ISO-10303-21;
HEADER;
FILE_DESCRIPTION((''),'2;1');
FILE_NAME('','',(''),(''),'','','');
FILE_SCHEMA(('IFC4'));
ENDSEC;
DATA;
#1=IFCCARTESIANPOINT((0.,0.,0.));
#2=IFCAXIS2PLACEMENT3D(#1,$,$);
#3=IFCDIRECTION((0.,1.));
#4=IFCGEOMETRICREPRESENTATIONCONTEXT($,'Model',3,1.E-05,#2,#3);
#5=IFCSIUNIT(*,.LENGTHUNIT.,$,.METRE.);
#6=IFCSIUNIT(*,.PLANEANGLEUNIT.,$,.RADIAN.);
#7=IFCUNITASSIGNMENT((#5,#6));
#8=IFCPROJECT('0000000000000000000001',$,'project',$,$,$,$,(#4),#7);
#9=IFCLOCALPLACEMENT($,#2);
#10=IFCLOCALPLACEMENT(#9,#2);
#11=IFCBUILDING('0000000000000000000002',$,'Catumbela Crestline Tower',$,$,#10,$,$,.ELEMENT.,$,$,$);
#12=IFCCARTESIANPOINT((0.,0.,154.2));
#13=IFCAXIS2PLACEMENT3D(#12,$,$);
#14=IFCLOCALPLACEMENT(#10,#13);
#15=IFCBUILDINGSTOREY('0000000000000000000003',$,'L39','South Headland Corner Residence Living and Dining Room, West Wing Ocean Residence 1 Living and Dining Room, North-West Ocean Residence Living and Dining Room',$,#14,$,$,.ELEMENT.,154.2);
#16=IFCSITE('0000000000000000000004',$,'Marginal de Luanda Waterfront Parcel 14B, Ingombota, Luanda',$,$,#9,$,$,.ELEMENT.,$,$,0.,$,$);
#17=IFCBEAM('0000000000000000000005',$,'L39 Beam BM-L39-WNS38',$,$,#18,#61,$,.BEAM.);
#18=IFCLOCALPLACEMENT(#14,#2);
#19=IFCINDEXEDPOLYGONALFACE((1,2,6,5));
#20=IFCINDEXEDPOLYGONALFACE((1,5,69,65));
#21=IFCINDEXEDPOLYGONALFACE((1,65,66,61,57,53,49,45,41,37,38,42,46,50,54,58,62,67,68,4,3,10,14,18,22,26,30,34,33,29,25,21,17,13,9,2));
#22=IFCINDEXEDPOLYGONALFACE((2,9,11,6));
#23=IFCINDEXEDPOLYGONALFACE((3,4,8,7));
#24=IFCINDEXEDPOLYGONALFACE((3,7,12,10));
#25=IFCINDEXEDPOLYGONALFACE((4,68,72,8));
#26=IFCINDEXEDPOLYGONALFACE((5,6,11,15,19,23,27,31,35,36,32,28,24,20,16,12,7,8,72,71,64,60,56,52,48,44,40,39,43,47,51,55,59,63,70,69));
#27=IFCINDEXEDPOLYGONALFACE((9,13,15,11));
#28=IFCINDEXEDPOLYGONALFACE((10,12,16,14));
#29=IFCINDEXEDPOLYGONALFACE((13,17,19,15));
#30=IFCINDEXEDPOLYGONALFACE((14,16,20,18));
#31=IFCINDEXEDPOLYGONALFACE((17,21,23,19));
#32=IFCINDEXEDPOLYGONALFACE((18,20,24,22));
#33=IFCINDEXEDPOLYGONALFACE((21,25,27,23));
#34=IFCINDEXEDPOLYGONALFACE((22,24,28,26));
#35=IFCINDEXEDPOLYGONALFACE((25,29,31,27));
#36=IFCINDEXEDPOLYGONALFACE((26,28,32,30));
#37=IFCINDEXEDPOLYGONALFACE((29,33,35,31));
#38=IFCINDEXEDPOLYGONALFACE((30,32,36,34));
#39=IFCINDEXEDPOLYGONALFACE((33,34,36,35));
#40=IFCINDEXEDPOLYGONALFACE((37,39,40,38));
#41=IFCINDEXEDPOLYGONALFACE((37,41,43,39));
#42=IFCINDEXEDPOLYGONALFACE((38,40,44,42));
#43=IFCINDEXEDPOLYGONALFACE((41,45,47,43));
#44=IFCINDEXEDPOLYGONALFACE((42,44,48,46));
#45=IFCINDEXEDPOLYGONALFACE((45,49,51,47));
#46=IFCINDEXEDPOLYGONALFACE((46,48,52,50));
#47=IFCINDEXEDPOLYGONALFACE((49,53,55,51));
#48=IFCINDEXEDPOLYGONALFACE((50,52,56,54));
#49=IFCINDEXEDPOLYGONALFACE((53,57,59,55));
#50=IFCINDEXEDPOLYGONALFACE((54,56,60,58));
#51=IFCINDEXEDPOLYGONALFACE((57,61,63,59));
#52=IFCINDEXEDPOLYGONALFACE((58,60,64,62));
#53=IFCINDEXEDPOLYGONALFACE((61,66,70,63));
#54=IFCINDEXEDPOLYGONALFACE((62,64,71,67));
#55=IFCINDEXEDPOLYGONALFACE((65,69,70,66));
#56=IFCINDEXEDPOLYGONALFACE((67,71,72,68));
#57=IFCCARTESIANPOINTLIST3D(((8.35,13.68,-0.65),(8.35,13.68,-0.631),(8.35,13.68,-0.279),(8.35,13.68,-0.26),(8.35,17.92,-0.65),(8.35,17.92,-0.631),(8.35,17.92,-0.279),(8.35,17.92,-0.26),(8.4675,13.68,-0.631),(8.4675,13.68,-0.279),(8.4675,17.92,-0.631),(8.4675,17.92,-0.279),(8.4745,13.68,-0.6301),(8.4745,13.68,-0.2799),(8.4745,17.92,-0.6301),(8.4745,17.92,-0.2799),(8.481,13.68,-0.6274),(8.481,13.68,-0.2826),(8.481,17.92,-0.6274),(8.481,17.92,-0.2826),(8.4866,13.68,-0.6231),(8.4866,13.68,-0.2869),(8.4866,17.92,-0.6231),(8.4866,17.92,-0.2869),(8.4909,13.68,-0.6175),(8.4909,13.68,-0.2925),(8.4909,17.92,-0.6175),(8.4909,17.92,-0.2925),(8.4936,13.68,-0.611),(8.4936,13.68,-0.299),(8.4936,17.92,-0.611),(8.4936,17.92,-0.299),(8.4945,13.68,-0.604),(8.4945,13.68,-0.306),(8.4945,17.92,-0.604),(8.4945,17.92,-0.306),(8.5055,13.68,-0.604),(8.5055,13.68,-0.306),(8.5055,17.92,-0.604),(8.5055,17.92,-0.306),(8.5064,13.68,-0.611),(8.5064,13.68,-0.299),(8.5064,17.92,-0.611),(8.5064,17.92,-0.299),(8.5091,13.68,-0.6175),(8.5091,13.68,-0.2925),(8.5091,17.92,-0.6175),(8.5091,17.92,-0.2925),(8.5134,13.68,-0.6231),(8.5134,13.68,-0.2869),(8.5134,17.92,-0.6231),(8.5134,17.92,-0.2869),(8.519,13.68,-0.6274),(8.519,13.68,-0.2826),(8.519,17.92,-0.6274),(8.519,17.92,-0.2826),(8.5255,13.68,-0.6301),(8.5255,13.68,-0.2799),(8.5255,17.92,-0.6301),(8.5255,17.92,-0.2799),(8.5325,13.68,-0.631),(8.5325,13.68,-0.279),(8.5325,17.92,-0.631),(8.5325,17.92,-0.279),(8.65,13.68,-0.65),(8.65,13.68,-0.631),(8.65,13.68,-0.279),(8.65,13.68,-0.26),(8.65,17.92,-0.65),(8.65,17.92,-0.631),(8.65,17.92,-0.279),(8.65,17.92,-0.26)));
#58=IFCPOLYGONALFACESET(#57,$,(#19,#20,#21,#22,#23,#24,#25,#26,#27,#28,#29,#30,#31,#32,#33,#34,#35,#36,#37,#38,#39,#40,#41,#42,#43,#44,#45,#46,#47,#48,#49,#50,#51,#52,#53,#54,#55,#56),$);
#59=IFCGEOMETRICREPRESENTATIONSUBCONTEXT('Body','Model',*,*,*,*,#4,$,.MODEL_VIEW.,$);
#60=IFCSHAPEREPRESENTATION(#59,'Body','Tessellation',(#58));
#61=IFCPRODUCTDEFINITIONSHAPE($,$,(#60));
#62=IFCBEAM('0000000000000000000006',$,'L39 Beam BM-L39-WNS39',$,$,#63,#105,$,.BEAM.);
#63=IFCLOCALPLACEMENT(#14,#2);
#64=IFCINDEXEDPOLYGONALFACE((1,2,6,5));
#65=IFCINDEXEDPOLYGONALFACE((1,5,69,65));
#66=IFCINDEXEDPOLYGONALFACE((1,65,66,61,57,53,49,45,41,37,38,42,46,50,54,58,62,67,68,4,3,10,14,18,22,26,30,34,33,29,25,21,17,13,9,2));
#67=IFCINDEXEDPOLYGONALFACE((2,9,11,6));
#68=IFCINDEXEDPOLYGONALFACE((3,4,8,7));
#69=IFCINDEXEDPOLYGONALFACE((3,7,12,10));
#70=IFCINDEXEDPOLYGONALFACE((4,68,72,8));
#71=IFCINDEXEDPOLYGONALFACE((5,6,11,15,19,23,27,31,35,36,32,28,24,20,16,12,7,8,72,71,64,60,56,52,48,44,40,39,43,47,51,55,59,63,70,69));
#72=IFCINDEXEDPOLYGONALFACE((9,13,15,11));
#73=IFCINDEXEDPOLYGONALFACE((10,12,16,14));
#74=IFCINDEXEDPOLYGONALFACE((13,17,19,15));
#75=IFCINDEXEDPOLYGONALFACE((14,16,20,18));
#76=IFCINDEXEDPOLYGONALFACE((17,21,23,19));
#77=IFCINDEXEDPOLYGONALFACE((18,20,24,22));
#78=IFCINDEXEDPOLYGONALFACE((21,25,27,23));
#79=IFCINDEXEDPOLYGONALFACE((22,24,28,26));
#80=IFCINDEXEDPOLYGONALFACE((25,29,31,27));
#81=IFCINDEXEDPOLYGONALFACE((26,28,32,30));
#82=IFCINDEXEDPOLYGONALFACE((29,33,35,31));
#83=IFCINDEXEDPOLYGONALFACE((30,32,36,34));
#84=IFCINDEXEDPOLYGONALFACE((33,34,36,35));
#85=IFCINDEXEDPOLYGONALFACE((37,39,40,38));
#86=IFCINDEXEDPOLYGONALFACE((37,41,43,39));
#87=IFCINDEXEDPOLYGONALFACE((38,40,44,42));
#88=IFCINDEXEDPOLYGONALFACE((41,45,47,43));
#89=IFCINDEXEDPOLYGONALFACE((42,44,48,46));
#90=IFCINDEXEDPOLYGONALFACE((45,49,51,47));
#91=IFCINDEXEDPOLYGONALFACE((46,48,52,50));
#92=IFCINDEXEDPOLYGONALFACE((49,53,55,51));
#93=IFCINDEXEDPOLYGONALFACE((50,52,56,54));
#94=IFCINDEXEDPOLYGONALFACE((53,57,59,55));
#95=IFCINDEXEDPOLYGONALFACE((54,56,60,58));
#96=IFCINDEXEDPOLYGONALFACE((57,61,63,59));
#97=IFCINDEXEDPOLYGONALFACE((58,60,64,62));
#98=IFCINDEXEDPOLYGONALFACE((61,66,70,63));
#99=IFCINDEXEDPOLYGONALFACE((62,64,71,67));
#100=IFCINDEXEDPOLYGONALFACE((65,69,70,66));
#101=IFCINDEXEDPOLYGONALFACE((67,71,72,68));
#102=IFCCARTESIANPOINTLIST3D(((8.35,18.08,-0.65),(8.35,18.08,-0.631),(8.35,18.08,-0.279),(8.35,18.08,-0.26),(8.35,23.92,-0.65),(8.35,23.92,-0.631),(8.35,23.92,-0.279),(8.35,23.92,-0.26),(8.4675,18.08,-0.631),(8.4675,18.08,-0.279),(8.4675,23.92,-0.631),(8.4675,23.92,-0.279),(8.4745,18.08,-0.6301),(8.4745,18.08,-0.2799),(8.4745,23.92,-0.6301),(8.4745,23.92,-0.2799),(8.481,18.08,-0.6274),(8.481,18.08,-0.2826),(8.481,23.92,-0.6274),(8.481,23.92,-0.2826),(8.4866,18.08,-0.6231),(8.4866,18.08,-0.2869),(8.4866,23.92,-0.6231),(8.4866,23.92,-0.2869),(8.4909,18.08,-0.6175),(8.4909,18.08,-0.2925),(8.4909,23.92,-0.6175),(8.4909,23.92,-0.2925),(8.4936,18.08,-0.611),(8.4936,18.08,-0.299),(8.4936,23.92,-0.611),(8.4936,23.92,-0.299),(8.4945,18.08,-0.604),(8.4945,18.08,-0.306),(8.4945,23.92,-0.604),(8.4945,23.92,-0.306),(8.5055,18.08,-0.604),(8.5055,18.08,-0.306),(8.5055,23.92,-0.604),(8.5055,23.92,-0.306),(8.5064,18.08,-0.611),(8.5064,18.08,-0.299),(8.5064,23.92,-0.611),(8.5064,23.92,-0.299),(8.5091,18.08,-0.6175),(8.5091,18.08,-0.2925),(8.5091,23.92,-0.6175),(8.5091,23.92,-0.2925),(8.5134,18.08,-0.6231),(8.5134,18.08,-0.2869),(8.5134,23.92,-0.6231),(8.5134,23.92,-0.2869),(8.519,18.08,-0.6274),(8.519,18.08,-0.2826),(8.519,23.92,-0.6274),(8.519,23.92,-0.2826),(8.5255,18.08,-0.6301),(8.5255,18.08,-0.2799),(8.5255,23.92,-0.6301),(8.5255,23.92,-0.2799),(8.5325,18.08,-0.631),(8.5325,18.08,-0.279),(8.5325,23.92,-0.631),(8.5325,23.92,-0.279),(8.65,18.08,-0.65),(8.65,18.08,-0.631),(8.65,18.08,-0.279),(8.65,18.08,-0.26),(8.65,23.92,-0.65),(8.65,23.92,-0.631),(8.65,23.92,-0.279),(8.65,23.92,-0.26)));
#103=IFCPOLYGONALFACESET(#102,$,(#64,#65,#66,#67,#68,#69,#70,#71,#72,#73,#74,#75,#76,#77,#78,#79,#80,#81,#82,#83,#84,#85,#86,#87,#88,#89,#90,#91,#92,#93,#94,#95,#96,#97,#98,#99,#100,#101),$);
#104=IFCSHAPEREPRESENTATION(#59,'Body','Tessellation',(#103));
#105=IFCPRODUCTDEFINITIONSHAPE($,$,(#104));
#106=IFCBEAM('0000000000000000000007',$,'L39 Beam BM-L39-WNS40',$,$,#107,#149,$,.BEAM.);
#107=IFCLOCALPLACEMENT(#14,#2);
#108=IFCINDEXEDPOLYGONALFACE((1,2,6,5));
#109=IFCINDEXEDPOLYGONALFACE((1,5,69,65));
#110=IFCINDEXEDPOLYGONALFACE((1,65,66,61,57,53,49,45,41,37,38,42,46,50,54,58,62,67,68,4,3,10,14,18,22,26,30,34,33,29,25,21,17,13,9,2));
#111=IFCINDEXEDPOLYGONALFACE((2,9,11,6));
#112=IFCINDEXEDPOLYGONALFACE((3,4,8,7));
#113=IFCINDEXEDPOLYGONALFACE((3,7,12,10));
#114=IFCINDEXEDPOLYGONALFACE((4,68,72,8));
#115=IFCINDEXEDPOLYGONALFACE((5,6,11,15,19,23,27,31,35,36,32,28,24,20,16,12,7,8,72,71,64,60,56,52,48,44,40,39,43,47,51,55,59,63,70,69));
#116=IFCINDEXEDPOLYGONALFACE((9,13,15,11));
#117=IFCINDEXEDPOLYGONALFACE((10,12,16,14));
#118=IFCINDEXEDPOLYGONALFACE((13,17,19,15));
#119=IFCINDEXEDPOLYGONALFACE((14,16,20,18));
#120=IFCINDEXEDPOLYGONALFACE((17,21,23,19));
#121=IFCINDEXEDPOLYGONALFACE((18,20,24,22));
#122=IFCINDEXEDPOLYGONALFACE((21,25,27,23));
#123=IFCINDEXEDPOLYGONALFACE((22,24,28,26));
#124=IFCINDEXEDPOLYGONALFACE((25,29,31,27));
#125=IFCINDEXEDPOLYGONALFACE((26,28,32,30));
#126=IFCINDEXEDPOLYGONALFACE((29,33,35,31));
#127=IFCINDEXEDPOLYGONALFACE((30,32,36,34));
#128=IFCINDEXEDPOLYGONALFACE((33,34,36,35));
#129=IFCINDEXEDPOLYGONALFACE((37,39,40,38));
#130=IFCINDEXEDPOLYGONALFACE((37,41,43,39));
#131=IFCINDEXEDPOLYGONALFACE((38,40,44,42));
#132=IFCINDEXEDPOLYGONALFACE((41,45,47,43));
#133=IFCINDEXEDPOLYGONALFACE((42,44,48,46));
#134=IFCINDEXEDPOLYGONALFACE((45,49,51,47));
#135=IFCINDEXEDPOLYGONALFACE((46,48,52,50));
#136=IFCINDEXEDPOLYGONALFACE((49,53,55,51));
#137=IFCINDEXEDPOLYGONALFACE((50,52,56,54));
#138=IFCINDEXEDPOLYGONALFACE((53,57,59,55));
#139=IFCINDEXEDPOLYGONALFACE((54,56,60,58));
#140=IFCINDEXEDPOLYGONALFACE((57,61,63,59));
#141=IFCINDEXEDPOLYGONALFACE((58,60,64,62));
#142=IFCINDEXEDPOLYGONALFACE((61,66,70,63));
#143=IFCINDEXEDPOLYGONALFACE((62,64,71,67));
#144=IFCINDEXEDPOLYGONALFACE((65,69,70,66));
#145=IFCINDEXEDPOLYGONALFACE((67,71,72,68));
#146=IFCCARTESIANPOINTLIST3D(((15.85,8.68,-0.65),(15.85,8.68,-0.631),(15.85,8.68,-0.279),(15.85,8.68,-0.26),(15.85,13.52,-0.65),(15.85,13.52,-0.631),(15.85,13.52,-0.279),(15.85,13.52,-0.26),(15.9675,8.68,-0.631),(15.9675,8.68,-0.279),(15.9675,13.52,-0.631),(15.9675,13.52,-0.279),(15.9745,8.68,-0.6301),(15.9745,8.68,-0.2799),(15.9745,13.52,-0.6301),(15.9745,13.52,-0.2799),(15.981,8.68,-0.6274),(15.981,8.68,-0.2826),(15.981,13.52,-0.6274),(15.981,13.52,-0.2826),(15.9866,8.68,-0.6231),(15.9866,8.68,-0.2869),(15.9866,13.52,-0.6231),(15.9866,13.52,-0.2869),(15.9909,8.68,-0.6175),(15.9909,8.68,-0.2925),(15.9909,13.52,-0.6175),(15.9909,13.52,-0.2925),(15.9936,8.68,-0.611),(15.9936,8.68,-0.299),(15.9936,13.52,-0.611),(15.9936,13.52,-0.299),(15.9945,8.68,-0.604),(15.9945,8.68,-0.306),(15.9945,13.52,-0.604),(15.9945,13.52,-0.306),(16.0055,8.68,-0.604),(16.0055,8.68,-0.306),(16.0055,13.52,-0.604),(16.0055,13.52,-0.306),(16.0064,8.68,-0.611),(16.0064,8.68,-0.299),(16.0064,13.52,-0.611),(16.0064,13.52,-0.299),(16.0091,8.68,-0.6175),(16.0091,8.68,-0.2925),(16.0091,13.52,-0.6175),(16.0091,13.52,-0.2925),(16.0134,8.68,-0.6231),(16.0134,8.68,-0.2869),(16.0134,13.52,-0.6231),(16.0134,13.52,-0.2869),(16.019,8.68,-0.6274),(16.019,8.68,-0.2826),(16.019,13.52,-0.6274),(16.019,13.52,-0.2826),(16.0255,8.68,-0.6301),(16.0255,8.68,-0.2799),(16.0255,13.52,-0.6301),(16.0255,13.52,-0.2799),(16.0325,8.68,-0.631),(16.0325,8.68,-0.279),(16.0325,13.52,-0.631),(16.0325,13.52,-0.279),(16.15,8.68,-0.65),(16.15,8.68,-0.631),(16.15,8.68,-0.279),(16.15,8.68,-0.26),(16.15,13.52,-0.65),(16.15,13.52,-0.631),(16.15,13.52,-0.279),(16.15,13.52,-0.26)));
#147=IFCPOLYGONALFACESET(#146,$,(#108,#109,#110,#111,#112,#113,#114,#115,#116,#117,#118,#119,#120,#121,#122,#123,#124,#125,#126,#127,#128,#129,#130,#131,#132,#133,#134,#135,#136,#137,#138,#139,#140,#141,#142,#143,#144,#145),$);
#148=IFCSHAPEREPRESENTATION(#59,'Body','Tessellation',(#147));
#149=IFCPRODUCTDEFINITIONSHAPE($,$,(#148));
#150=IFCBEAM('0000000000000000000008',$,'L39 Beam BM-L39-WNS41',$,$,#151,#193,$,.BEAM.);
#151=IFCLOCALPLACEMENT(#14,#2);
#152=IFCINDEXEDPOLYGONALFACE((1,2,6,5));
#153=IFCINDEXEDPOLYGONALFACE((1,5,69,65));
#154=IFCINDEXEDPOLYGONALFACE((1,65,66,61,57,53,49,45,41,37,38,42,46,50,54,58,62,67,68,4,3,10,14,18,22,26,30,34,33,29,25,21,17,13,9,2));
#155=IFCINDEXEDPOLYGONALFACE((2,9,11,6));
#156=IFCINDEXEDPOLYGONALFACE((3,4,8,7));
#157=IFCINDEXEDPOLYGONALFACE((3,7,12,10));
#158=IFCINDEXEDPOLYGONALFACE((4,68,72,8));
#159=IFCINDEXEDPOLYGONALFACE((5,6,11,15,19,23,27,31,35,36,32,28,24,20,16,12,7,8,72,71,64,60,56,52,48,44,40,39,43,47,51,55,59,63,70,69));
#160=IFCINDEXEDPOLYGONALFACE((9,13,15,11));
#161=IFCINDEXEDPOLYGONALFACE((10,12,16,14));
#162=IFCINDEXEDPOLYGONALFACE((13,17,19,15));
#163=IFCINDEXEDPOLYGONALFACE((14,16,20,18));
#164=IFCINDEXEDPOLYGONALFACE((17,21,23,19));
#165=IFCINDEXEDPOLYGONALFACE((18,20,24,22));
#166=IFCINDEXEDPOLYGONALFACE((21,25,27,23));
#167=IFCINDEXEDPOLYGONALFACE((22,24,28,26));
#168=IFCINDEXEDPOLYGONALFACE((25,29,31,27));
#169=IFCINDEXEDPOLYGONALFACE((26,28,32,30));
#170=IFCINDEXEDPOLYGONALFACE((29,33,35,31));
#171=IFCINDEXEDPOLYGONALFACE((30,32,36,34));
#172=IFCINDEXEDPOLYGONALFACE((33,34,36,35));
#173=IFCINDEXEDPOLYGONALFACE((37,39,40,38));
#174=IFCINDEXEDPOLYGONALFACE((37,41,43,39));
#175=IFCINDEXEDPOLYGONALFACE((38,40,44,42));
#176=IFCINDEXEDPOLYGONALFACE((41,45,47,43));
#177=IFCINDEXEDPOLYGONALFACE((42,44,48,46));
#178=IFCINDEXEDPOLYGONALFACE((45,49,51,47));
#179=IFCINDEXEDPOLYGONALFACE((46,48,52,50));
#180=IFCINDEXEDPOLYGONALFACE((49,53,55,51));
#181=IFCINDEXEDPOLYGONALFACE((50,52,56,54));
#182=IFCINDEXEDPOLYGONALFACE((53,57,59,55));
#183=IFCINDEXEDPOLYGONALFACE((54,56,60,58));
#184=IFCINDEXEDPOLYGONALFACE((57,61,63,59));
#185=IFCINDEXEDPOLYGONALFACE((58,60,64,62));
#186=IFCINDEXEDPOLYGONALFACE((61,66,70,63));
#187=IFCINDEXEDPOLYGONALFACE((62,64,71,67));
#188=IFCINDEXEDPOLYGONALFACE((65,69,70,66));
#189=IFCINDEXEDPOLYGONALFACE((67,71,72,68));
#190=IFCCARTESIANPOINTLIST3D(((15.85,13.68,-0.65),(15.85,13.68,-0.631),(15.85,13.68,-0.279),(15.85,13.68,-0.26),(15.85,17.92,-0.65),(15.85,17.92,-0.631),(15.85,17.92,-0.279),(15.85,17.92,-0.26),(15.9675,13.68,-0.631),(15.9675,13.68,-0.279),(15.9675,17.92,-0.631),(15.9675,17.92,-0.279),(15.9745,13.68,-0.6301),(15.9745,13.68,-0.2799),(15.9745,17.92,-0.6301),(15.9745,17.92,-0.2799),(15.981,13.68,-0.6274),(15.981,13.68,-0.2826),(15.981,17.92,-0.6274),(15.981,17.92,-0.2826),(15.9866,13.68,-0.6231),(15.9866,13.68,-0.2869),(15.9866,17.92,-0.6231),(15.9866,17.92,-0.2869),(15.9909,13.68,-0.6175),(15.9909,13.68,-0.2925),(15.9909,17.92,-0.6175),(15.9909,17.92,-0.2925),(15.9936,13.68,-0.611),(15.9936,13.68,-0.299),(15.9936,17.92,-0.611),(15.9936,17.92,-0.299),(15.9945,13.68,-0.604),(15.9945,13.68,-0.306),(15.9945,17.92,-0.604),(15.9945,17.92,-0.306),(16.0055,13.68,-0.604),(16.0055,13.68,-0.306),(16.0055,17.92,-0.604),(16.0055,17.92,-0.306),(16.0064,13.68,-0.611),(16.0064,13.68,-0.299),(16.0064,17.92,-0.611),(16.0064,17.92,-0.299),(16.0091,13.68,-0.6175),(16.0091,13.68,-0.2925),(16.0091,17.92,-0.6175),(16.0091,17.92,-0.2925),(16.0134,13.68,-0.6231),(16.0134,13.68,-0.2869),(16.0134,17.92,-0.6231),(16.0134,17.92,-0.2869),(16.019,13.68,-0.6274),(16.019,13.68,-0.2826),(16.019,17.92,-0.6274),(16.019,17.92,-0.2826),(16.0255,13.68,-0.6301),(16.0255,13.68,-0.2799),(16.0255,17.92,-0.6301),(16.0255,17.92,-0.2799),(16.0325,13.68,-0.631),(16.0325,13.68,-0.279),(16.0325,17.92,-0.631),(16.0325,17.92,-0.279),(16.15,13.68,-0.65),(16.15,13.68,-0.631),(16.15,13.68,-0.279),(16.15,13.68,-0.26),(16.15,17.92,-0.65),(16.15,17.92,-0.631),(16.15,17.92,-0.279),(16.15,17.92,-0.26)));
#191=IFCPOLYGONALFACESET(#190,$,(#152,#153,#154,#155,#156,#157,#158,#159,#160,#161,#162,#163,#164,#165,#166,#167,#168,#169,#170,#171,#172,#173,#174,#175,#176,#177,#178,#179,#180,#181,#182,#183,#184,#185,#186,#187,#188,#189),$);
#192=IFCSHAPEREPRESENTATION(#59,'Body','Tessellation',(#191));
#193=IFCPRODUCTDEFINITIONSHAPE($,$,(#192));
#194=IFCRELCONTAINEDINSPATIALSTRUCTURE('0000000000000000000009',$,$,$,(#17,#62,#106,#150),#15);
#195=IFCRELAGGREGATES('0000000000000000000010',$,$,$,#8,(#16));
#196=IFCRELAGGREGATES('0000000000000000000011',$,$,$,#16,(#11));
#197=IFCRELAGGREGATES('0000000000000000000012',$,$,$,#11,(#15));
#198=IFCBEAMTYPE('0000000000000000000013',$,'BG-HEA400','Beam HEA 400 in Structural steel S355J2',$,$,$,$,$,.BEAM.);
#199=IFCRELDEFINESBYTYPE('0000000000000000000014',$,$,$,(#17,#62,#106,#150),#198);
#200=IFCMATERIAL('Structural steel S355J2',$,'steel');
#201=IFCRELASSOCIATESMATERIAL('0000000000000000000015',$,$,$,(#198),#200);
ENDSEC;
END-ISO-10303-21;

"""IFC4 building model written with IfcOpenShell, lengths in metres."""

from ifc_helpers import new_model, si_unit, direction, frame, origin, origin_2d, place, context, subcontext, project, spatial, i_section, extrude, material, material_profile, profile_set, type_object, element, save


model = new_model("IFC4")

# Units and contexts
model_context = context("Model", 3, precision=1e-05, world=origin(), true_north=direction((0.0, 1.0)))
body_context = subcontext(model_context, "Body", "Model", "MODEL_VIEW")
ifc_project = project(units=[si_unit("LENGTHUNIT", "METRE"), si_unit("PLANEANGLEUNIT", "RADIAN")], contexts=[model_context])

# Site, building, storey
site_placement = place(None, origin())
site = spatial("IfcSite", under=ifc_project, at=site_placement, Name="Marginal de Luanda Waterfront Parcel 14B, Ingombota, Luanda", CompositionType="ELEMENT", RefElevation=0.0)
building_placement = place(site_placement, origin())
building = spatial("IfcBuilding", under=site, at=building_placement, Name="Catumbela Crestline Tower", CompositionType="ELEMENT")
storey_placement = place(building_placement, frame((0.0, 0.0, 154.2)))
storey = spatial("IfcBuildingStorey", under=building, at=storey_placement, Name="L39", Description="South Headland Corner Residence Living and Dining Room, West Wing Ocean Residence 1 Living and Dining Room, North-West Ocean Residence Living and Dining Room", CompositionType="ELEMENT", Elevation=154.2)

# Shared definitions
ifc_material_1 = material(Name="Structural steel S355J2", Category="steel")

# Beams
ifc_material_profile_1 = material_profile(ifc_material_1, i_section(OverallWidth=0.3, OverallDepth=0.39, WebThickness=0.011, FlangeThickness=0.019, FilletRadius=0.027, at=origin_2d()), Name="HEA 400")
ifc_profile_set_1 = profile_set([ifc_material_profile_1], Name="Structural steel S355J2")
beam_type_1 = type_object("IfcBeamType", Name="BG-HEA400", Description="Beam HEA 400 in Structural steel S355J2", PredefinedType="BEAM", material=ifc_profile_set_1)
beam_1_placement = place(storey_placement, frame((8.5, 13.68, -0.455), z_axis=(0.0, 1.0, 0.0), x_axis=(-1.0, 0.0, 0.0)))
element("IfcBeam", 1, at=beam_1_placement, inside=storey, type_object=beam_type_1, Name="L39 Beam BM-L39-WNS38", PredefinedType="BEAM", context=body_context, shape_type="SweptSolid", body=[
    extrude(i_section(OverallWidth=0.3, OverallDepth=0.39, WebThickness=0.011, FlangeThickness=0.019, FilletRadius=0.027, at=origin_2d()), origin(), (0.0, 0.0, 1.0), 4.24),
])
beam_2_placement = place(storey_placement, frame((8.5, 18.08, -0.455), z_axis=(0.0, 1.0, 0.0), x_axis=(-1.0, 0.0, 0.0)))
element("IfcBeam", 2, at=beam_2_placement, inside=storey, type_object=beam_type_1, Name="L39 Beam BM-L39-WNS39", PredefinedType="BEAM", context=body_context, shape_type="SweptSolid", body=[
    extrude(i_section(OverallWidth=0.3, OverallDepth=0.39, WebThickness=0.011, FlangeThickness=0.019, FilletRadius=0.027, at=origin_2d()), origin(), (0.0, 0.0, 1.0), 5.84),
])
beam_3_placement = place(storey_placement, frame((16.0, 8.68, -0.455), z_axis=(0.0, 1.0, 0.0), x_axis=(-1.0, 0.0, 0.0)))
element("IfcBeam", 3, at=beam_3_placement, inside=storey, type_object=beam_type_1, Name="L39 Beam BM-L39-WNS40", PredefinedType="BEAM", context=body_context, shape_type="SweptSolid", body=[
    extrude(i_section(OverallWidth=0.3, OverallDepth=0.39, WebThickness=0.011, FlangeThickness=0.019, FilletRadius=0.027, at=origin_2d()), origin(), (0.0, 0.0, 1.0), 4.84),
])
beam_4_placement = place(storey_placement, frame((16.0, 13.68, -0.455), z_axis=(0.0, 1.0, 0.0), x_axis=(-1.0, 0.0, 0.0)))
element("IfcBeam", 4, at=beam_4_placement, inside=storey, type_object=beam_type_1, Name="L39 Beam BM-L39-WNS41", PredefinedType="BEAM", context=body_context, shape_type="SweptSolid", body=[
    extrude(i_section(OverallWidth=0.3, OverallDepth=0.39, WebThickness=0.011, FlangeThickness=0.019, FilletRadius=0.027, at=origin_2d()), origin(), (0.0, 0.0, 1.0), 4.24),
])

save(model, "model.ifc")
